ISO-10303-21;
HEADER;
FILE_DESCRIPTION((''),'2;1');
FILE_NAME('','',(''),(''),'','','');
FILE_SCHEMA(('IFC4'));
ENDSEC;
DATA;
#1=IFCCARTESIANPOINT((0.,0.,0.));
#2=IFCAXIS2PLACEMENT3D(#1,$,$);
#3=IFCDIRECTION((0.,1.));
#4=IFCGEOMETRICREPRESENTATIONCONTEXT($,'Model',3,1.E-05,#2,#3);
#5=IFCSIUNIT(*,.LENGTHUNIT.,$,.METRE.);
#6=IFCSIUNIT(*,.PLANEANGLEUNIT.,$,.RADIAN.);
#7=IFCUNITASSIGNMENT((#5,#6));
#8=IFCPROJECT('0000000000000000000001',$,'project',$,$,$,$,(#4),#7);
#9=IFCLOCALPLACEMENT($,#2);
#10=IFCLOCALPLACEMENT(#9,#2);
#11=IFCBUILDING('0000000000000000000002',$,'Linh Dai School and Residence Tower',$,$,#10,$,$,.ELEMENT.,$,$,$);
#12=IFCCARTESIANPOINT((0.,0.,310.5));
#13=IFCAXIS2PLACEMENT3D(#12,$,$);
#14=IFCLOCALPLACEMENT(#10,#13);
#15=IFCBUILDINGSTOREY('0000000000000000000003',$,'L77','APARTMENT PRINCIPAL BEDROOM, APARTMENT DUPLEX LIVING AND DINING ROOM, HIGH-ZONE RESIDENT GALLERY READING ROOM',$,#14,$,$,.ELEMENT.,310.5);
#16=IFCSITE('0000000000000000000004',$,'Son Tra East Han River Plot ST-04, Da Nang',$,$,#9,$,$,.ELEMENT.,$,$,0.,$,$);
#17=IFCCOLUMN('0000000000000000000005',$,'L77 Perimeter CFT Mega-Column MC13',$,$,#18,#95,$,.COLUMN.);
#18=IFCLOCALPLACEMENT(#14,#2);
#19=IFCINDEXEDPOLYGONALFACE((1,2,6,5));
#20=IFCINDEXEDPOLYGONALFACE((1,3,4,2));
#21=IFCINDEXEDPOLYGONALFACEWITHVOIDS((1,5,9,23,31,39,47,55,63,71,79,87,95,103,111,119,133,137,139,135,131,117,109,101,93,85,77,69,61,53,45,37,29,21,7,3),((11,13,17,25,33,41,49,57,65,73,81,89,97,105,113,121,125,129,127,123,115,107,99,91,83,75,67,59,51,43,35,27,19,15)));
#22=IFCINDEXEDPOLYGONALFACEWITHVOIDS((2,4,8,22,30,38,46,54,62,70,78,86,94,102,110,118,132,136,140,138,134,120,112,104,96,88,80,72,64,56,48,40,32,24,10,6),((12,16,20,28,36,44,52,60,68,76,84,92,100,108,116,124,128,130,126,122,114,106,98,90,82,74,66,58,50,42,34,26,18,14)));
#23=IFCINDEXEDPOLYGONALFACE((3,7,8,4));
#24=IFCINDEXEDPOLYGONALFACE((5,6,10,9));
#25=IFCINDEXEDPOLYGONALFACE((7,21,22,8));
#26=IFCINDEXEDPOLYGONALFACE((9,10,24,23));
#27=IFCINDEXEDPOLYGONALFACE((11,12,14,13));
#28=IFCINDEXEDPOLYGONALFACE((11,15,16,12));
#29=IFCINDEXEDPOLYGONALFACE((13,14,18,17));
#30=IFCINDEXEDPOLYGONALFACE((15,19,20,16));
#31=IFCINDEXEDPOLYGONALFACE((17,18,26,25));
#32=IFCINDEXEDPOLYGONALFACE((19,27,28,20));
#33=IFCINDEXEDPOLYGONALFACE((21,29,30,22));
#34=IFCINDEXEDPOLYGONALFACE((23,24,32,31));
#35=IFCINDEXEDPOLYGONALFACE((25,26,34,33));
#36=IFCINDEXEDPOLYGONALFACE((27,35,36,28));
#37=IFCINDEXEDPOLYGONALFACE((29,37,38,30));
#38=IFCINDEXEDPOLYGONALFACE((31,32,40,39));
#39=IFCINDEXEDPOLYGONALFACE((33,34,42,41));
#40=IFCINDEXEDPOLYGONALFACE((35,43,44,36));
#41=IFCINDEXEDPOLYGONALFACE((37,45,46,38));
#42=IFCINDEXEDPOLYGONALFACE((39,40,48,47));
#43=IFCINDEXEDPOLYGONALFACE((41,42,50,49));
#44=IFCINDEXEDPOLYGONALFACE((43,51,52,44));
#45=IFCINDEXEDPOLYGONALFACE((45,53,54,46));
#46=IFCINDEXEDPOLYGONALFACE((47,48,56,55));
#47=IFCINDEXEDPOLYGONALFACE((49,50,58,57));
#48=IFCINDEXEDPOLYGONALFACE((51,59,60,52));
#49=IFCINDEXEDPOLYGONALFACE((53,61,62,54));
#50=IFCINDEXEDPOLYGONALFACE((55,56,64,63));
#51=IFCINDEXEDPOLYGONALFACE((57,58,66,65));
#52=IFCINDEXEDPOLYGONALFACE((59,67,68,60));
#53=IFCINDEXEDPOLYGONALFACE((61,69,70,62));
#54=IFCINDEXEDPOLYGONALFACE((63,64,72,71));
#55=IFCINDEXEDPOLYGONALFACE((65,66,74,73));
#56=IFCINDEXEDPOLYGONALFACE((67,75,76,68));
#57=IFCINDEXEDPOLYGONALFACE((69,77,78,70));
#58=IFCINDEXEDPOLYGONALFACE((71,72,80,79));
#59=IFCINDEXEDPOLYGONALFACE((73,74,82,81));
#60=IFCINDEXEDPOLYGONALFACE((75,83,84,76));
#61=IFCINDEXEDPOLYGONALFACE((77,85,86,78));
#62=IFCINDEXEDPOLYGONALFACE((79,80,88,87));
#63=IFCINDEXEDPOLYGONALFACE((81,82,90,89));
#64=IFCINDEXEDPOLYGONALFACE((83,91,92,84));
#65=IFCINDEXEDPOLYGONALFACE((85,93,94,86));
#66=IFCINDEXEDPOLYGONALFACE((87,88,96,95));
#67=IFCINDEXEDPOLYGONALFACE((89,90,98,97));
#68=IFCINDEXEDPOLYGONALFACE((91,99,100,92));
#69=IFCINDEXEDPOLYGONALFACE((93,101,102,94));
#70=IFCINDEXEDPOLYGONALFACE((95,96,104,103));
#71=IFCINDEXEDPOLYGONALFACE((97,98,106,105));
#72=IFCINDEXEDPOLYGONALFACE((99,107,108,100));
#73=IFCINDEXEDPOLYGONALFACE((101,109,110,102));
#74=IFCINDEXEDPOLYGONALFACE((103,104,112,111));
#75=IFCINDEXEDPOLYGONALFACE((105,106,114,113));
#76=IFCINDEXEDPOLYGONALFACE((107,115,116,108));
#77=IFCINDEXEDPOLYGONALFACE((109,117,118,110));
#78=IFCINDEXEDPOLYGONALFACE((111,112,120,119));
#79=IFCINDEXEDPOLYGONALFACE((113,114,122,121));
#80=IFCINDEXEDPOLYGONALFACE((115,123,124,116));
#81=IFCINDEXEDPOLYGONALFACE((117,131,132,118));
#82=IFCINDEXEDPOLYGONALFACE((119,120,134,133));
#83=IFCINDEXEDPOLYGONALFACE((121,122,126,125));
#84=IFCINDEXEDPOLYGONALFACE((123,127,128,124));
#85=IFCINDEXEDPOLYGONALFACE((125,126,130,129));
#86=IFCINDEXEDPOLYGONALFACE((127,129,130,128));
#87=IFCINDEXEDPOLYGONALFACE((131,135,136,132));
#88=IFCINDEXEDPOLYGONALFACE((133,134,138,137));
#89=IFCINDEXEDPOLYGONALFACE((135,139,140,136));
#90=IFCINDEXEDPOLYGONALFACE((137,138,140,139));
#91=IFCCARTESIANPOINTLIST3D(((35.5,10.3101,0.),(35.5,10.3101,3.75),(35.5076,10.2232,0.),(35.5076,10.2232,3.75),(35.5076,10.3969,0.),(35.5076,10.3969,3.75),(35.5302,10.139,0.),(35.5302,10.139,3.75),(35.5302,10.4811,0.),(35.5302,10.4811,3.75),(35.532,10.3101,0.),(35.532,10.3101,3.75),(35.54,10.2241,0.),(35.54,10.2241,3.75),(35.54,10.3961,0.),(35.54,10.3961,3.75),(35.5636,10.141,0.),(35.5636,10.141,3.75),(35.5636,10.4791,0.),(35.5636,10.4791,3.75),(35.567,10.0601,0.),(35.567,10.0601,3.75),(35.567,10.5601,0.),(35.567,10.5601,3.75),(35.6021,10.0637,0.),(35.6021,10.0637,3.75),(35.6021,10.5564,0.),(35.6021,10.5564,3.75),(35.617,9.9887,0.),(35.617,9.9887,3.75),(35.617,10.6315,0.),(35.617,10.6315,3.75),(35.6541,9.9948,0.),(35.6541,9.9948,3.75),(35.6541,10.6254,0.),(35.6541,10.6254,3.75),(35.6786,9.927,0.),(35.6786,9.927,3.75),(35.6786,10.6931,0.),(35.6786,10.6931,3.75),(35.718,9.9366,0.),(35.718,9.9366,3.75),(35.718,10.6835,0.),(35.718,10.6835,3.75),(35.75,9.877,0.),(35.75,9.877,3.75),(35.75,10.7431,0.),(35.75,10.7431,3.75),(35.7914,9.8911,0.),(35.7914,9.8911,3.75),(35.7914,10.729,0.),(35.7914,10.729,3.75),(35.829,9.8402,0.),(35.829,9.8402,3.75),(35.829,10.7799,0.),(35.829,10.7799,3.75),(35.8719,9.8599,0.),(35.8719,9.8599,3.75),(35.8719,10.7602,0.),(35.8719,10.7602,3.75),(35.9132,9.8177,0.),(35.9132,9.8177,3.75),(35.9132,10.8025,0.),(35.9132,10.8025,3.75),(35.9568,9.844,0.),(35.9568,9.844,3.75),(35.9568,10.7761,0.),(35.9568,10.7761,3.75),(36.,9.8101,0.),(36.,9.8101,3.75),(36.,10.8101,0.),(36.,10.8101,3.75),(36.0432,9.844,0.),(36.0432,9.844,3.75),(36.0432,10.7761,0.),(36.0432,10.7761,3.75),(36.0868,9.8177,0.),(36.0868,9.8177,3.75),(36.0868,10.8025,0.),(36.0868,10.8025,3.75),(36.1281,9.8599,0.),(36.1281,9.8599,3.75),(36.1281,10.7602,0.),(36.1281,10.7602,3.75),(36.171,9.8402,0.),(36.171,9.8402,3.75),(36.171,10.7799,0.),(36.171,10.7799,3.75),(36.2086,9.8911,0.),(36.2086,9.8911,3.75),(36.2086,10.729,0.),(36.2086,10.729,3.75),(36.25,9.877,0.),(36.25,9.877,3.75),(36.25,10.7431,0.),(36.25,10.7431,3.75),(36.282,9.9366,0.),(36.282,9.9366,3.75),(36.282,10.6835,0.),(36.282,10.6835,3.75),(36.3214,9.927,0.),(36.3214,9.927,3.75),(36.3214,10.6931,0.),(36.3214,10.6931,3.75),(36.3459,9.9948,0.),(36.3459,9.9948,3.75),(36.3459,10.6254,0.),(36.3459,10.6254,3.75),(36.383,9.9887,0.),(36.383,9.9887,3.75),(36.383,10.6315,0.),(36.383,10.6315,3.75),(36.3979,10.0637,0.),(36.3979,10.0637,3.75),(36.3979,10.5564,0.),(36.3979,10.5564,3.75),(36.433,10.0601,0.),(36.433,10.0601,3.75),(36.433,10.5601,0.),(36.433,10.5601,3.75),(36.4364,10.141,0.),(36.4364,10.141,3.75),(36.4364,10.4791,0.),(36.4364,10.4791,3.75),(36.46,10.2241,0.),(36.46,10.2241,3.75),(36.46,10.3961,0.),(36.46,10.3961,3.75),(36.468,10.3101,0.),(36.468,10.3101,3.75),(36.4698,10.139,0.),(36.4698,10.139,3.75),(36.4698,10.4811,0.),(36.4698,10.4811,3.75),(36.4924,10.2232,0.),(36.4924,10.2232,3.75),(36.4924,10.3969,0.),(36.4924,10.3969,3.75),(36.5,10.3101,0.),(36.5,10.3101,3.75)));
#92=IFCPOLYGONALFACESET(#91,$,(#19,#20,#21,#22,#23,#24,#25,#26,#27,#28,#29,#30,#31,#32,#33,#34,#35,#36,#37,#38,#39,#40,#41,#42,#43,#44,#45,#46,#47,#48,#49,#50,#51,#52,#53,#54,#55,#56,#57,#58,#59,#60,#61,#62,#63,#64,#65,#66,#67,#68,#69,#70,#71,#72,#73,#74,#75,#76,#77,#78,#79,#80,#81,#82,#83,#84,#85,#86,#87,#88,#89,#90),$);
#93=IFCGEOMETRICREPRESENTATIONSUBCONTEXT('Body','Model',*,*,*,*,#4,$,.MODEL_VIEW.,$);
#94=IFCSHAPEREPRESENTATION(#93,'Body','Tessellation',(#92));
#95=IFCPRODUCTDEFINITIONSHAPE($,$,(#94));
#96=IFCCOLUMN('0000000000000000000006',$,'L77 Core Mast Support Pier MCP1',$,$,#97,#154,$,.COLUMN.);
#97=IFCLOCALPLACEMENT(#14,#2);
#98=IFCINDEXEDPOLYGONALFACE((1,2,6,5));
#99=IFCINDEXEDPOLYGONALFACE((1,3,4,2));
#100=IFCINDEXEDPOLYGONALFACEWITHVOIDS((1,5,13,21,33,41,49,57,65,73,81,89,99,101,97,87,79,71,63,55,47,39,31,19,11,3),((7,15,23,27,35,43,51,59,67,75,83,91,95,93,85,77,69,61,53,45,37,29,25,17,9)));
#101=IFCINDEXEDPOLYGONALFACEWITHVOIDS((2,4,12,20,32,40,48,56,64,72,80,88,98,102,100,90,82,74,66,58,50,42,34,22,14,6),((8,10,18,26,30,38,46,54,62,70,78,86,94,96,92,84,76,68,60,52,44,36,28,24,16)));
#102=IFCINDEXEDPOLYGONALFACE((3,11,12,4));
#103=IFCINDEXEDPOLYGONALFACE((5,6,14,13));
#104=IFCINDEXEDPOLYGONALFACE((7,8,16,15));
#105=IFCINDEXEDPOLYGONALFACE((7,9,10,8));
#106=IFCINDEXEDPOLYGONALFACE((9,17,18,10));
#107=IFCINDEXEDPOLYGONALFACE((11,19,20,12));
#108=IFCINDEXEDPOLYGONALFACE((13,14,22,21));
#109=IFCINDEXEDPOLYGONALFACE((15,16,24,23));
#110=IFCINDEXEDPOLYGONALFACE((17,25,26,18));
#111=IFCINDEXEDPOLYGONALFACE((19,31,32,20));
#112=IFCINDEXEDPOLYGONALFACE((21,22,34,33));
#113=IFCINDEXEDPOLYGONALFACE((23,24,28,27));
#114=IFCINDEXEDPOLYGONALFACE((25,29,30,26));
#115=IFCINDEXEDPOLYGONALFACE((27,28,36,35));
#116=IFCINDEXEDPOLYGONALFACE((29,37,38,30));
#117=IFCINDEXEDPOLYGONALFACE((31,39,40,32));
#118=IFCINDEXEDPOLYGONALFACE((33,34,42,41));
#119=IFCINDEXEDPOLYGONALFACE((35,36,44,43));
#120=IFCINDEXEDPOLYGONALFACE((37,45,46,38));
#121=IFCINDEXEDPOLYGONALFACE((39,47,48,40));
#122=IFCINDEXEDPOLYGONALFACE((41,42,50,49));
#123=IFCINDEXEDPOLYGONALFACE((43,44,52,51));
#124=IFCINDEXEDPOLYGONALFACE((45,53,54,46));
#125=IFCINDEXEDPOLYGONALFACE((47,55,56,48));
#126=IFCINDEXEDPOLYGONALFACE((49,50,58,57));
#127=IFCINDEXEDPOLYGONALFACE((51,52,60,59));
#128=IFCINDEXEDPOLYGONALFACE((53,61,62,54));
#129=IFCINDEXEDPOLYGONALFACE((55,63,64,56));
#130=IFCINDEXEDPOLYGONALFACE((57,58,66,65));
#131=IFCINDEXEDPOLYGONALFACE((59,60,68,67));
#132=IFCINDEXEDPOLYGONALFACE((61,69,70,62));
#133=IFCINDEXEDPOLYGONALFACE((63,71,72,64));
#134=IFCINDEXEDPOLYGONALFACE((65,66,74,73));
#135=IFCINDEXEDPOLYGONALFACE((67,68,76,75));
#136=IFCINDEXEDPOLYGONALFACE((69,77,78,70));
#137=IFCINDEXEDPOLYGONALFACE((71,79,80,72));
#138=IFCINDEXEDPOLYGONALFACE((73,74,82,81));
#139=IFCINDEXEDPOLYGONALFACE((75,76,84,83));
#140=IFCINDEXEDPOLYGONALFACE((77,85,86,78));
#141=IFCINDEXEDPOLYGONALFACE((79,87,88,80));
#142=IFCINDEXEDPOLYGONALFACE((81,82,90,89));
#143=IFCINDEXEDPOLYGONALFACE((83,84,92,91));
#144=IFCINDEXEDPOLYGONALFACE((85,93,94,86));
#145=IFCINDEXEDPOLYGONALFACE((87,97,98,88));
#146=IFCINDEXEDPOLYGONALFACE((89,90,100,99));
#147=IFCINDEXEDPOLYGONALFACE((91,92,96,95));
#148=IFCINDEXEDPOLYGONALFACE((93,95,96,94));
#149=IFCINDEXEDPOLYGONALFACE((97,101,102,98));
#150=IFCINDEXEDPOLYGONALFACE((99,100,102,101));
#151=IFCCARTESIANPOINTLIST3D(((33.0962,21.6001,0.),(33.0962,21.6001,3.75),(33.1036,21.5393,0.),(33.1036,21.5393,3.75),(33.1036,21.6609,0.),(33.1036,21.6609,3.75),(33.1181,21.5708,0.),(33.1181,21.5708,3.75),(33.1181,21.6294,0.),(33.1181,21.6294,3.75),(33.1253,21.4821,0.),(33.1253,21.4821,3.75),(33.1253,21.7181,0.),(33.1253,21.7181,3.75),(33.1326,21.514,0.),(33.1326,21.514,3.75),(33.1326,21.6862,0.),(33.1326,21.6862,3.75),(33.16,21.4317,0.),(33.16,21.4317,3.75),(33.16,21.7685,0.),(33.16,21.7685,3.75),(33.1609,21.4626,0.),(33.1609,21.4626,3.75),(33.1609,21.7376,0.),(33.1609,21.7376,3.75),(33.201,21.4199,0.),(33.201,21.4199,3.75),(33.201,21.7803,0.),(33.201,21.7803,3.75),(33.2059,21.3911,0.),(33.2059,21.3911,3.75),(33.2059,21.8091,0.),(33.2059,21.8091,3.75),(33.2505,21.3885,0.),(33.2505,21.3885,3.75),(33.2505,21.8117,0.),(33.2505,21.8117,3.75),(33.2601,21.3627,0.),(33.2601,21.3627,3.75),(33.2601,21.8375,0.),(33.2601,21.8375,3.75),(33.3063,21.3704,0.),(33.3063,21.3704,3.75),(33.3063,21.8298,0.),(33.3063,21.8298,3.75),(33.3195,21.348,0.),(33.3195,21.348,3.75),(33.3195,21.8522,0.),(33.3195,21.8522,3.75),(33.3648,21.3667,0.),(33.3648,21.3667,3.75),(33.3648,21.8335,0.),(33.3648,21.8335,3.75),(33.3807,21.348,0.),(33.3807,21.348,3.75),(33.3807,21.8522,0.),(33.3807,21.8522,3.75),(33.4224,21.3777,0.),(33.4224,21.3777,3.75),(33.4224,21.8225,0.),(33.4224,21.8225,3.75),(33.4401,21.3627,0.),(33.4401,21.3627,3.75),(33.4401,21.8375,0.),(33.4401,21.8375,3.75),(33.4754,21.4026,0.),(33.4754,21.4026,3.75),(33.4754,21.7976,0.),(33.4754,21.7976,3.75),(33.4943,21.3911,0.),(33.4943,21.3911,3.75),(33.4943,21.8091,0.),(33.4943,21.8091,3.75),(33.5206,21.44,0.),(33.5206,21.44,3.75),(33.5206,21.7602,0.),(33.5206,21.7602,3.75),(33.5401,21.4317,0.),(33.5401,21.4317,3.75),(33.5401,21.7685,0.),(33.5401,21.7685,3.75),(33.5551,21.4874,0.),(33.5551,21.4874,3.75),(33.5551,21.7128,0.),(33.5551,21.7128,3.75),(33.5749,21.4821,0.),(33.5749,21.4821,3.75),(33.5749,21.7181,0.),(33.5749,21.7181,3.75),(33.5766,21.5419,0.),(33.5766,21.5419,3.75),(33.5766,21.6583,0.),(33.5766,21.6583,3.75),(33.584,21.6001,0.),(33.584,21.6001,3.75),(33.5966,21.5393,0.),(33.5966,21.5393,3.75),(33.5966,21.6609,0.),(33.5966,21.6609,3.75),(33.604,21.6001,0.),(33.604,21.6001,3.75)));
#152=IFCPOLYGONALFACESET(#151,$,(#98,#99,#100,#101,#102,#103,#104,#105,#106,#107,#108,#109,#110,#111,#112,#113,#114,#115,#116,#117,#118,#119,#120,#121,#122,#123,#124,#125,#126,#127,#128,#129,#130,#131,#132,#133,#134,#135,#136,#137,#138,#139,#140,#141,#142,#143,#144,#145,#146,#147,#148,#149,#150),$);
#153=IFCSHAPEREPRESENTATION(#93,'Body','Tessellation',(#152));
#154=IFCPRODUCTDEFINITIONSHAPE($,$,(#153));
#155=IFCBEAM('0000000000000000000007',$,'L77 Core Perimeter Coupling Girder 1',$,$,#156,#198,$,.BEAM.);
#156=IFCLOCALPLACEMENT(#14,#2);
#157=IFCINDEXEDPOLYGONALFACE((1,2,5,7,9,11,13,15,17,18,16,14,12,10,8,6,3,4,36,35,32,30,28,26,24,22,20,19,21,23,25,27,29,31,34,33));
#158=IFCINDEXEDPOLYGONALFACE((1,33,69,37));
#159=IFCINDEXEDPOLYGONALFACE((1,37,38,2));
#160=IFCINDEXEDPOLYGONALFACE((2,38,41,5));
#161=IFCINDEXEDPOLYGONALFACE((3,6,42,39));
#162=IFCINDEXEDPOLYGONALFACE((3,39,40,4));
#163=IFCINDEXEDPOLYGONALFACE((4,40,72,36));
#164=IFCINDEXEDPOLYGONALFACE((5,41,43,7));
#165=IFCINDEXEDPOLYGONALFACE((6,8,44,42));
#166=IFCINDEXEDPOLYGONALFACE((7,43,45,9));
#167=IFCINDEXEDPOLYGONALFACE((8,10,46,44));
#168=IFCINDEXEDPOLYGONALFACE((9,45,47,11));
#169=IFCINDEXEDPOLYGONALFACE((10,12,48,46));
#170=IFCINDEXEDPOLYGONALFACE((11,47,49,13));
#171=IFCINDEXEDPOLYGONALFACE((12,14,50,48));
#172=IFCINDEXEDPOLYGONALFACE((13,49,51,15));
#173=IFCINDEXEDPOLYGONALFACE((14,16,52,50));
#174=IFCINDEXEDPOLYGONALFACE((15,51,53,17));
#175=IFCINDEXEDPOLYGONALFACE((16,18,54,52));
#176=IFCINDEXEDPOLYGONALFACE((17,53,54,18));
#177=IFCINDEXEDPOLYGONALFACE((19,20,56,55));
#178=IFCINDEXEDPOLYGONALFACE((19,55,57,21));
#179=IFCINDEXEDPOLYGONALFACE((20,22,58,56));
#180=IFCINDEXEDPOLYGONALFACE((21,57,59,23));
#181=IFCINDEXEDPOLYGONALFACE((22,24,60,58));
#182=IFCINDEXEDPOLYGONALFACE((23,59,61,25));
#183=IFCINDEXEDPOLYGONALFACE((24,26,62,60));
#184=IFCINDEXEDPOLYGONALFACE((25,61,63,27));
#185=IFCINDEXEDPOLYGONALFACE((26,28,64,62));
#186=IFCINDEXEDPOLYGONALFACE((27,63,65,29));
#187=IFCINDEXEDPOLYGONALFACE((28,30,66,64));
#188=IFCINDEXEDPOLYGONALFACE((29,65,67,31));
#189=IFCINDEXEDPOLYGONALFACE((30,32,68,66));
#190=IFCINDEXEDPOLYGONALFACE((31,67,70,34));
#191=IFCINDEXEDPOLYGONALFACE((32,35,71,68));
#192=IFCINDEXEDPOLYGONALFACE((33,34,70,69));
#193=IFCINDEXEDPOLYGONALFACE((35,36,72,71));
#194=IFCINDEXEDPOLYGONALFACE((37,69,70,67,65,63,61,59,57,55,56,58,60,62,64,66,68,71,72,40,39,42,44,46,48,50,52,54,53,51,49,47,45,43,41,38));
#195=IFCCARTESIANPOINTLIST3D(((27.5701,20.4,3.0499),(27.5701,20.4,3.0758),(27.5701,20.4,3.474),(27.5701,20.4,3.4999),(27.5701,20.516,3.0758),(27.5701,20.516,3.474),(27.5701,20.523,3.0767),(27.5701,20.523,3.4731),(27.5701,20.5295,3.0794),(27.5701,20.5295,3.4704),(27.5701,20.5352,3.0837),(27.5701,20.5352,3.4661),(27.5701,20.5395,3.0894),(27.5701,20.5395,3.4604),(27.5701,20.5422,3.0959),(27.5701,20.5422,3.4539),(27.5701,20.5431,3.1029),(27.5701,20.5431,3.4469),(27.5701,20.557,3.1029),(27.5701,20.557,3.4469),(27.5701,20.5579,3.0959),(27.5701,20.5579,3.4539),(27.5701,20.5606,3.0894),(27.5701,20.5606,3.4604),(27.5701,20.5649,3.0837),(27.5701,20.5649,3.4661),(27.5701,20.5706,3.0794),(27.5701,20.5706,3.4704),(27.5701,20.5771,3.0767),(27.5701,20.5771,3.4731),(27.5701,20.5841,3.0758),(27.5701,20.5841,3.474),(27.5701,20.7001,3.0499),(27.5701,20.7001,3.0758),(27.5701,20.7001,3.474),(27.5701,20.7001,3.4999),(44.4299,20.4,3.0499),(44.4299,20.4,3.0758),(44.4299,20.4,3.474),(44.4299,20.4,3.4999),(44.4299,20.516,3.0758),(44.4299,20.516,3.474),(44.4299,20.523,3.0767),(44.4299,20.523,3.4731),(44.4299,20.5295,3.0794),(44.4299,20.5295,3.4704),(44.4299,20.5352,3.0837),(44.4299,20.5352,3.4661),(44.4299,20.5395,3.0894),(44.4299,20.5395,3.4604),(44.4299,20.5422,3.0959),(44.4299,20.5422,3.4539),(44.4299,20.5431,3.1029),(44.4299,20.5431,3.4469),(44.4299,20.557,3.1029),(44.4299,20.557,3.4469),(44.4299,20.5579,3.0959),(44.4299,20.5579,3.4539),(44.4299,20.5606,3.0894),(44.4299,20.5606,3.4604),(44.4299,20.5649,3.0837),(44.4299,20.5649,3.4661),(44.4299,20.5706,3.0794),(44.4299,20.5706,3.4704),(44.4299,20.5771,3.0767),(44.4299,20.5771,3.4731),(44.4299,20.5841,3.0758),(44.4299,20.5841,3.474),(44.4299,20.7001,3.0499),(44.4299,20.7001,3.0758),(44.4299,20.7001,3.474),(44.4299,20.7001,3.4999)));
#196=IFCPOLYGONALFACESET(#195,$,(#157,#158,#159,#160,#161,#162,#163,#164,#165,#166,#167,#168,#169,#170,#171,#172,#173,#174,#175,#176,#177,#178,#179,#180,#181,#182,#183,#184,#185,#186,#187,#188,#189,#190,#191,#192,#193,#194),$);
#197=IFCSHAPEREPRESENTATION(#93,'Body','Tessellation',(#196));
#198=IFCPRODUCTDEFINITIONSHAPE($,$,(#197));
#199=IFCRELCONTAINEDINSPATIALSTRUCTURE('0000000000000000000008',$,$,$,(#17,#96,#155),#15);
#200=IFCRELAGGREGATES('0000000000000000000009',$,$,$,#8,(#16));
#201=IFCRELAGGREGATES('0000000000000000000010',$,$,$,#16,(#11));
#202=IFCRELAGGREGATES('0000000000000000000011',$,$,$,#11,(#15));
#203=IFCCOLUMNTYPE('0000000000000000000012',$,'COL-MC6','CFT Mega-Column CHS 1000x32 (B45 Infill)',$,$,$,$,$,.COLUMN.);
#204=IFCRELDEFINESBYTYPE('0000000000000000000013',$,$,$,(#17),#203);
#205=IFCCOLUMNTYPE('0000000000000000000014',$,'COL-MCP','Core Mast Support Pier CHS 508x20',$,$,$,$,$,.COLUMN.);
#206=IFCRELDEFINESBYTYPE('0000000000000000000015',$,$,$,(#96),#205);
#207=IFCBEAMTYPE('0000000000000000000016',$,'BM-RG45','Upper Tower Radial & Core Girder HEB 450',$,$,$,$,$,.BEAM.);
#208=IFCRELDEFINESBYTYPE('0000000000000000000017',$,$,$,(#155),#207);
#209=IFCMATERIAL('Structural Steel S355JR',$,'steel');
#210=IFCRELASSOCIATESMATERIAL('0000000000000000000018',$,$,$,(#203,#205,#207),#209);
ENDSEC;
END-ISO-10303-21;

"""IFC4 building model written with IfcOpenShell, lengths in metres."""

from ifc_helpers import new_model, si_unit, direction, frame, origin, origin_2d, place, context, subcontext, project, spatial, hollow_circle, i_section, extrude, material, material_profile, profile_set, type_object, element, save


model = new_model("IFC4")

# Units and contexts
model_context = context("Model", 3, precision=1e-05, world=origin(), true_north=direction((0.0, 1.0)))
body_context = subcontext(model_context, "Body", "Model", "MODEL_VIEW")
ifc_project = project(units=[si_unit("LENGTHUNIT", "METRE"), si_unit("PLANEANGLEUNIT", "RADIAN")], contexts=[model_context])

# Site, building, storey
site_placement = place(None, origin())
site = spatial("IfcSite", under=ifc_project, at=site_placement, Name="Son Tra East Han River Plot ST-04, Da Nang", CompositionType="ELEMENT", RefElevation=0.0)
building_placement = place(site_placement, origin())
building = spatial("IfcBuilding", under=site, at=building_placement, Name="Linh Dai School and Residence Tower", CompositionType="ELEMENT")
storey_placement = place(building_placement, frame((0.0, 0.0, 310.5)))
storey = spatial("IfcBuildingStorey", under=building, at=storey_placement, Name="L77", Description="APARTMENT PRINCIPAL BEDROOM, APARTMENT DUPLEX LIVING AND DINING ROOM, HIGH-ZONE RESIDENT GALLERY READING ROOM", CompositionType="ELEMENT", Elevation=310.5)

# Columns
ifc_material_1 = material(Name="Structural Steel S355JR", Category="steel")
ifc_material_profile_1 = material_profile(ifc_material_1, hollow_circle(Radius=0.5, WallThickness=0.032, at=origin_2d()), Name="CHS 1000x32")
ifc_profile_set_1 = profile_set([ifc_material_profile_1], Name="Structural Steel S355JR")
column_type_1 = type_object("IfcColumnType", Name="COL-MC6", Description="CFT Mega-Column CHS 1000x32 (B45 Infill)", PredefinedType="COLUMN", material=ifc_profile_set_1)
column_1_placement = place(storey_placement, frame((36.0, 10.3101, 0.0), z_axis=(0.0, 0.0, 1.0), x_axis=(1.0, 0.0, 0.0)))
element("IfcColumn", 1, at=column_1_placement, inside=storey, type_object=column_type_1, Name="L77 Perimeter CFT Mega-Column MC13", PredefinedType="COLUMN", context=body_context, shape_type="SweptSolid", body=[
    extrude(hollow_circle(Radius=0.5, WallThickness=0.032, at=origin_2d()), origin(), (0.0, 0.0, 1.0), 3.75),
])
ifc_material_profile_2 = material_profile(ifc_material_1, hollow_circle(Radius=0.2539, WallThickness=0.02, at=origin_2d()), Name="CHS 508x20")
ifc_profile_set_2 = profile_set([ifc_material_profile_2], Name="Structural Steel S355JR")
column_type_2 = type_object("IfcColumnType", Name="COL-MCP", Description="Core Mast Support Pier CHS 508x20", PredefinedType="COLUMN", material=ifc_profile_set_2)
column_2_placement = place(storey_placement, frame((33.3501, 21.6001, 0.0), z_axis=(0.0, 0.0, 1.0), x_axis=(1.0, 0.0, 0.0)))
element("IfcColumn", 2, at=column_2_placement, inside=storey, type_object=column_type_2, Name="L77 Core Mast Support Pier MCP1", PredefinedType="COLUMN", context=body_context, shape_type="SweptSolid", body=[
    extrude(hollow_circle(Radius=0.2539, WallThickness=0.02, at=origin_2d()), origin(), (0.0, 0.0, 1.0), 3.75),
])

# Beam
ifc_material_profile_3 = material_profile(ifc_material_1, i_section(OverallWidth=0.3, OverallDepth=0.45, WebThickness=0.0139, FlangeThickness=0.0259, FilletRadius=0.0271, at=origin_2d()), Name="HEB 450")
ifc_profile_set_3 = profile_set([ifc_material_profile_3], Name="Structural Steel S355JR")
beam_type_1 = type_object("IfcBeamType", Name="BM-RG45", Description="Upper Tower Radial & Core Girder HEB 450", PredefinedType="BEAM", material=ifc_profile_set_3)
beam_1_placement = place(storey_placement, frame((27.5701, 20.55, 3.2749), z_axis=(1.0, 0.0, 0.0), x_axis=(0.0, 1.0, 0.0)))
element("IfcBeam", 3, at=beam_1_placement, inside=storey, type_object=beam_type_1, Name="L77 Core Perimeter Coupling Girder 1", PredefinedType="BEAM", context=body_context, shape_type="SweptSolid", body=[
    extrude(i_section(OverallWidth=0.3, OverallDepth=0.45, WebThickness=0.0139, FlangeThickness=0.0259, FilletRadius=0.0271, at=origin_2d()), origin(), (0.0, 0.0, 1.0), 16.8599),
])

save(model, "model.ifc")
